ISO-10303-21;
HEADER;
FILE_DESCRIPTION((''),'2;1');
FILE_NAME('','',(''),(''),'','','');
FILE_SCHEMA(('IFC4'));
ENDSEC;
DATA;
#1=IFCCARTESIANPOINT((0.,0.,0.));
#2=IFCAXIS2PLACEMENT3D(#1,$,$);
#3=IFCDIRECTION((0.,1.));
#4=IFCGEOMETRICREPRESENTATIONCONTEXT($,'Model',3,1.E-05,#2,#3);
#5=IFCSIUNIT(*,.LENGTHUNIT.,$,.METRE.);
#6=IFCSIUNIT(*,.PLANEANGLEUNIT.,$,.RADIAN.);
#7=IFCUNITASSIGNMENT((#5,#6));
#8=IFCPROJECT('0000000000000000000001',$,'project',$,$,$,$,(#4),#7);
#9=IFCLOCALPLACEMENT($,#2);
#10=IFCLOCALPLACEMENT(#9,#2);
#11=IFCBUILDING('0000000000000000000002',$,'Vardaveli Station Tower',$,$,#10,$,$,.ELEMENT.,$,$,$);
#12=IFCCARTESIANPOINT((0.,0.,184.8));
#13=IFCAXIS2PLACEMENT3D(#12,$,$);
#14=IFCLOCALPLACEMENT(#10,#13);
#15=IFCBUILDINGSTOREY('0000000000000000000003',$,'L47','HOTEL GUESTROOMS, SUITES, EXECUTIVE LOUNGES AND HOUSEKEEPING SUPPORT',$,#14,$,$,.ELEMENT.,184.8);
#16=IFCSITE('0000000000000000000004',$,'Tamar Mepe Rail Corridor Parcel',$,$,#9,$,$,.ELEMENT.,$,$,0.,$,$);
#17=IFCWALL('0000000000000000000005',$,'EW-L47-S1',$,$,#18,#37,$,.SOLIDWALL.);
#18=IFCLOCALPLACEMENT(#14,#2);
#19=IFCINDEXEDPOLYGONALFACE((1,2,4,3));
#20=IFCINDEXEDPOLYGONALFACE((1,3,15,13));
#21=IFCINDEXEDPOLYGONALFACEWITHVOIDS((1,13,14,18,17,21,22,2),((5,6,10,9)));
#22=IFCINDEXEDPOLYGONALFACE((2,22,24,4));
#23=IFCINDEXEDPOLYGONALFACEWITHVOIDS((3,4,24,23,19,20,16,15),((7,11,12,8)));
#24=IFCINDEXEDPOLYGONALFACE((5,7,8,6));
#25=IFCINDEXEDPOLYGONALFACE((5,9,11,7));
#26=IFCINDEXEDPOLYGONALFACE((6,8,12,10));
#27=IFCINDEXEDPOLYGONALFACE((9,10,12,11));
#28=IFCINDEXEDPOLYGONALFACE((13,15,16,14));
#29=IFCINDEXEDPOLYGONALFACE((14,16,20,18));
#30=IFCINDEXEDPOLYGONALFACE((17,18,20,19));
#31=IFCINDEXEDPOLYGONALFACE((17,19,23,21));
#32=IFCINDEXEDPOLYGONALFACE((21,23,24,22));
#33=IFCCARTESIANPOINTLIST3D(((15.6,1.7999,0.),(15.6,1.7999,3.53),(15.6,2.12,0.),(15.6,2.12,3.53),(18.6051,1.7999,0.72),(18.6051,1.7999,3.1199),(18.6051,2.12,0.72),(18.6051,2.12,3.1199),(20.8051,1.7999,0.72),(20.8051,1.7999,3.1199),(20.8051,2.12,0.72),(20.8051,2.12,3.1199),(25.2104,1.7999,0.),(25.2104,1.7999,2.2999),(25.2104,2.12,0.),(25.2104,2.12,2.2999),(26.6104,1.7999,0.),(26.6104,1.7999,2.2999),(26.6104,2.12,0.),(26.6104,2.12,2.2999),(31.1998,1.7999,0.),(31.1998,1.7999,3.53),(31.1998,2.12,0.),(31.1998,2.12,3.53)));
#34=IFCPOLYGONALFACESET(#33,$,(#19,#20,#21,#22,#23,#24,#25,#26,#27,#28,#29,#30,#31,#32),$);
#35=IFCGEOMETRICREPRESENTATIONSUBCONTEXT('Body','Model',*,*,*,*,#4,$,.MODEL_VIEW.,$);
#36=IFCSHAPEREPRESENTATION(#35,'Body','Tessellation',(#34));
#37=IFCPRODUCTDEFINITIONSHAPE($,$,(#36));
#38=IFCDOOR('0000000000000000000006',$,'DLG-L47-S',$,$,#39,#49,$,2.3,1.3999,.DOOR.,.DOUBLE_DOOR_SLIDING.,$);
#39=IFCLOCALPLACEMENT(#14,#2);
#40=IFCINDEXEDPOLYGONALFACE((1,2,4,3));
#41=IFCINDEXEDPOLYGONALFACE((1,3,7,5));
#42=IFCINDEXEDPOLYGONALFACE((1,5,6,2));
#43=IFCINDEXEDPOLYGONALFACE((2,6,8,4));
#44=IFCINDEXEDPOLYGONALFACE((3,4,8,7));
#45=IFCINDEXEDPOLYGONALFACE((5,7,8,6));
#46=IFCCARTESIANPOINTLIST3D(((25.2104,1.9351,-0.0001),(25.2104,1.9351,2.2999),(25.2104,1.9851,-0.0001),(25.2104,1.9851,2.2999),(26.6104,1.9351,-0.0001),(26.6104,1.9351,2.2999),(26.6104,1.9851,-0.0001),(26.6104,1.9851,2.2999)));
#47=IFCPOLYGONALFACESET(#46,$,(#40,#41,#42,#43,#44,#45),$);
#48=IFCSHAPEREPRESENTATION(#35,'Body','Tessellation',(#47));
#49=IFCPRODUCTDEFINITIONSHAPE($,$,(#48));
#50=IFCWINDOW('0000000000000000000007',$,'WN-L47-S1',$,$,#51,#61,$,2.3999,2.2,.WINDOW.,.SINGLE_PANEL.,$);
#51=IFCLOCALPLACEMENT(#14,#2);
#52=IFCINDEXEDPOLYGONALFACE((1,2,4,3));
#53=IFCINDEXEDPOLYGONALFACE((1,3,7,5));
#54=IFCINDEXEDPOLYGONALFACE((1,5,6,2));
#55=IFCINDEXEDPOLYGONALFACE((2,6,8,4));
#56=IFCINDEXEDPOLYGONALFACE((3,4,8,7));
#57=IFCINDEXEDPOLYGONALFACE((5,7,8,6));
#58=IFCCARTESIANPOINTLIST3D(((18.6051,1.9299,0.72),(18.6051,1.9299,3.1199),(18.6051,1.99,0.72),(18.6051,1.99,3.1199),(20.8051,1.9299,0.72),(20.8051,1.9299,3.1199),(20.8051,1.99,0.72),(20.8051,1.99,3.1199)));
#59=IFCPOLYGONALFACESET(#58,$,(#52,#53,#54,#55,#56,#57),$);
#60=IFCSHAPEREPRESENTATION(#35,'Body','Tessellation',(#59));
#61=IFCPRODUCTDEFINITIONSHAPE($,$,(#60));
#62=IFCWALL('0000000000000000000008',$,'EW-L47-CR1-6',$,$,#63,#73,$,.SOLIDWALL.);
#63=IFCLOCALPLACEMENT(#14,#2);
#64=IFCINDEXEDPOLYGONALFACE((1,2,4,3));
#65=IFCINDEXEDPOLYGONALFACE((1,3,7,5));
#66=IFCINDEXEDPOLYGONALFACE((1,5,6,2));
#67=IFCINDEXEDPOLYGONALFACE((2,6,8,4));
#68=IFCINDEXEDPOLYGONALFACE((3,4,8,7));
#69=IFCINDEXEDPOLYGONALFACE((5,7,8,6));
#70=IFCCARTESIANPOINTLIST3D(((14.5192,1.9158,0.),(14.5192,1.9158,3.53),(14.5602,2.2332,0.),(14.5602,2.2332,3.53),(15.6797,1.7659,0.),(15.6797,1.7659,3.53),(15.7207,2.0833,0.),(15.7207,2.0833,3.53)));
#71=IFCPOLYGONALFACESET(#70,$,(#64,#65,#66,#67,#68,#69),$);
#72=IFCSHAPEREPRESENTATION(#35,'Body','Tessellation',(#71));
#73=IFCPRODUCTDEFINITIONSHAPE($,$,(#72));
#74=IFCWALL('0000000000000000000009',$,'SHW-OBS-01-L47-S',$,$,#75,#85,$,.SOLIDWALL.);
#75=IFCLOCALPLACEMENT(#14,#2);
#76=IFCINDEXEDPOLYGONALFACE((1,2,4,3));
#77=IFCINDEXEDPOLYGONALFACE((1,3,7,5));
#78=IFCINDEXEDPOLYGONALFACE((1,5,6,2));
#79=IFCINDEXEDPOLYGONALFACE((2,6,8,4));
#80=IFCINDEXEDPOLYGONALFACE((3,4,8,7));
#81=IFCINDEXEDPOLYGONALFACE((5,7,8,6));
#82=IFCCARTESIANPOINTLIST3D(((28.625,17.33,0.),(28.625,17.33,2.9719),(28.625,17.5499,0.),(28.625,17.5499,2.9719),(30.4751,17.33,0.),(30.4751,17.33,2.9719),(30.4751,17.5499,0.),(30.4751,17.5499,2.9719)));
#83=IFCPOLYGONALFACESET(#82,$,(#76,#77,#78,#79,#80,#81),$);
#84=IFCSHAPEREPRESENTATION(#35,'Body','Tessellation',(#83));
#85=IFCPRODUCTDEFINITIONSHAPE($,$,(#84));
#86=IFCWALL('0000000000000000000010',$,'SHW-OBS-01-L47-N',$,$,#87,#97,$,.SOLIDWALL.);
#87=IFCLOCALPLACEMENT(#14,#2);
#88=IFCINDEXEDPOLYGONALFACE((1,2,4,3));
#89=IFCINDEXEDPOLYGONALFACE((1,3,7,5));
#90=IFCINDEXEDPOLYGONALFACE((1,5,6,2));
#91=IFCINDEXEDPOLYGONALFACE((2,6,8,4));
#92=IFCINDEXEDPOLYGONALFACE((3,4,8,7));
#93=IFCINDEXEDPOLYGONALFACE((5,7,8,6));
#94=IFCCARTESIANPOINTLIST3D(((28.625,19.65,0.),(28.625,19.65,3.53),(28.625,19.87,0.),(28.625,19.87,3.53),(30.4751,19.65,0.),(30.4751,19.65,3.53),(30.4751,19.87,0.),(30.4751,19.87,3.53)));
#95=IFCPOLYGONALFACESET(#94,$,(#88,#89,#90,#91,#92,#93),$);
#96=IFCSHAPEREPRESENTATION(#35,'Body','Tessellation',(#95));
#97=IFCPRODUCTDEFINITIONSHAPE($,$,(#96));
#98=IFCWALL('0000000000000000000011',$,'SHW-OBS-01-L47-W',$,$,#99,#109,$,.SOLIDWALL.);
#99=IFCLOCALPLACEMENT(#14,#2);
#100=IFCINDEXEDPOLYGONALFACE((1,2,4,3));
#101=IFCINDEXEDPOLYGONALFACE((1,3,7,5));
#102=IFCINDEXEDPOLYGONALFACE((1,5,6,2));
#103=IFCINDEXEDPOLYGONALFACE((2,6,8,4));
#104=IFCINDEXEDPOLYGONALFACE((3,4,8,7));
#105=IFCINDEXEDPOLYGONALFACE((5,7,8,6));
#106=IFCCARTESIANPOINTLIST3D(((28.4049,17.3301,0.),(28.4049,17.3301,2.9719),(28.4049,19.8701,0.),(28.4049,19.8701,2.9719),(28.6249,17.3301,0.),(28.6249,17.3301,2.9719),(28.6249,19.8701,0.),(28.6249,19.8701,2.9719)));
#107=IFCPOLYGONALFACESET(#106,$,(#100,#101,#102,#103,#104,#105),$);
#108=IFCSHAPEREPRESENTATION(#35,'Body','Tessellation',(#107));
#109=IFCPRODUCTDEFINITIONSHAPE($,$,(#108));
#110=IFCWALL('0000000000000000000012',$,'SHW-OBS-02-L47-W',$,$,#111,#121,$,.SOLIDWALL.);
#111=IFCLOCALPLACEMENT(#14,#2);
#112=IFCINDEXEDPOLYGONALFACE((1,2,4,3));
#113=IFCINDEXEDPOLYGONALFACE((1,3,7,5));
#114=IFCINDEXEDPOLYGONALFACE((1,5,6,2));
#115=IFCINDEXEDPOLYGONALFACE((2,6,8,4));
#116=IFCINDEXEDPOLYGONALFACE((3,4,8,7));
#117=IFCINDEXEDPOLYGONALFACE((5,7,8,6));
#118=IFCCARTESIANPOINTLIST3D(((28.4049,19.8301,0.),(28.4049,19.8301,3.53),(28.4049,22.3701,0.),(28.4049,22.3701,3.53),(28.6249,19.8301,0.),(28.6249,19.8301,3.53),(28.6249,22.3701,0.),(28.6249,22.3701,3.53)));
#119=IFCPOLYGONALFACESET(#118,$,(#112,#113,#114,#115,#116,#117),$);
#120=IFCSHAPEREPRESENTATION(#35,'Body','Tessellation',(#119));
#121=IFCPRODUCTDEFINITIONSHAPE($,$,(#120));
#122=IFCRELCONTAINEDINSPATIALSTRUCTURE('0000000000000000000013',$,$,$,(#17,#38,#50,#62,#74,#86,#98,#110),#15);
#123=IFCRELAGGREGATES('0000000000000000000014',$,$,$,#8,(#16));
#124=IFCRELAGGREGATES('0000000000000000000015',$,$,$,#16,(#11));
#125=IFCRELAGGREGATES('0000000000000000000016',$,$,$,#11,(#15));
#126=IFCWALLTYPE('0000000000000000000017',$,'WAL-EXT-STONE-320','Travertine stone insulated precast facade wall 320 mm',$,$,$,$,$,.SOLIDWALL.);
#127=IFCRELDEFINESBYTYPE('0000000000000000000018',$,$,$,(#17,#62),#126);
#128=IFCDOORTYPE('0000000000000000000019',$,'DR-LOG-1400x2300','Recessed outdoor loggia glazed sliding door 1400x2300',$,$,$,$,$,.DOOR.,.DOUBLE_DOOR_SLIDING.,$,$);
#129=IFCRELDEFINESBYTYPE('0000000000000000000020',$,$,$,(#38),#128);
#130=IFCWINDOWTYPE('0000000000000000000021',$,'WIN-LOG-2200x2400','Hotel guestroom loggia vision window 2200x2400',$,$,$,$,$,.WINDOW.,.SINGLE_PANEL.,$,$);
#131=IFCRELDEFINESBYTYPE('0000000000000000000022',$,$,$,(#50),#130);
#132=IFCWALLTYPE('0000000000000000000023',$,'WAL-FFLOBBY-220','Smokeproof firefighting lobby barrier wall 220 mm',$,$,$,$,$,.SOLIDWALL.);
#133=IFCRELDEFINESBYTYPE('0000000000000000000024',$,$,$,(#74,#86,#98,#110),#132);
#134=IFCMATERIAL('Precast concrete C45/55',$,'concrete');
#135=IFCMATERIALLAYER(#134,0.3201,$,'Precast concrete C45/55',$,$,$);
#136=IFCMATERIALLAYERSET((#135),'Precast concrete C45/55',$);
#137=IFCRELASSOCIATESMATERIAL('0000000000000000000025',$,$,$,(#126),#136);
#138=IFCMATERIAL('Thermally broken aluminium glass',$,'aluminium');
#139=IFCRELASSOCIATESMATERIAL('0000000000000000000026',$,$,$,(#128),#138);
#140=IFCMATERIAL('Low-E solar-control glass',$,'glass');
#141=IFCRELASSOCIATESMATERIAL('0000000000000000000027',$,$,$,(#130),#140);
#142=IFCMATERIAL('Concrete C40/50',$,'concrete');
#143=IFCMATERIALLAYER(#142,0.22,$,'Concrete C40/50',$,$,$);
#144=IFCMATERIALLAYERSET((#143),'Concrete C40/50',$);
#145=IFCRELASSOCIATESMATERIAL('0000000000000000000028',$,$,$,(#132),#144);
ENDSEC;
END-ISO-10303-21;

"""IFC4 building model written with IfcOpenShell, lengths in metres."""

from ifc_helpers import new_model, si_unit, direction, frame, frame_2d, origin, place, context, subcontext, project, spatial, rectangle, extrude, source, transform, mapped, material, layer, layer_set, type_object, element, fill, save


model = new_model("IFC4")

# Units and contexts
model_context = context("Model", 3, precision=1e-05, world=origin(), true_north=direction((0.0, 1.0)))
body_context = subcontext(model_context, "Body", "Model", "MODEL_VIEW")
ifc_project = project(units=[si_unit("LENGTHUNIT", "METRE"), si_unit("PLANEANGLEUNIT", "RADIAN")], contexts=[model_context])

# Site, building, storey
site_placement = place(None, origin())
site = spatial("IfcSite", under=ifc_project, at=site_placement, Name="Tamar Mepe Rail Corridor Parcel", CompositionType="ELEMENT", RefElevation=0.0)
building_placement = place(site_placement, origin())
building = spatial("IfcBuilding", under=site, at=building_placement, Name="Vardaveli Station Tower", CompositionType="ELEMENT")
storey_placement = place(building_placement, frame((0.0, 0.0, 184.8)))
storey = spatial("IfcBuildingStorey", under=building, at=storey_placement, Name="L47", Description="HOTEL GUESTROOMS, SUITES, EXECUTIVE LOUNGES AND HOUSEKEEPING SUPPORT", CompositionType="ELEMENT", Elevation=184.8)

# Shared definitions
ifc_material_1 = material(Name="Precast concrete C45/55", Category="concrete")

# Wall, openings, door, window
ifc_layer_1 = layer(ifc_material_1, 0.3201, Name="Precast concrete C45/55")
ifc_layer_set_1 = layer_set([ifc_layer_1], Name="Precast concrete C45/55")
wall_type_1 = type_object("IfcWallType", Name="WAL-EXT-STONE-320", Description="Travertine stone insulated precast facade wall 320 mm", PredefinedType="SOLIDWALL", material=ifc_layer_set_1)
shared_shape_1 = source(origin(), body_context, "Body", "SweptSolid", [
    extrude(rectangle(XDim=15.5999, YDim=0.3201, at=frame_2d((7.7998, 0.0))), origin(), (0.0, 0.0, 1.0), 3.53),
])
wall_1_placement = place(storey_placement, frame((15.6001, 1.96, 0.0), z_axis=(0.0, 0.0, 1.0), x_axis=(1.0, 0.0, 0.0)))
wall_1 = element("IfcWall", 1, at=wall_1_placement, inside=storey, type_object=wall_type_1, Name="EW-L47-S1", PredefinedType="SOLIDWALL", context=body_context, shape_type="MappedRepresentation", body=[
    mapped(shared_shape_1, transform((0.0, 0.0, 0.0), scale=1.0)),
])
shared_shape_2 = source(origin(), body_context, "Body", "SweptSolid", [
    extrude(rectangle(XDim=1.3999, YDim=2.3, at=frame_2d((0.7, 1.1499))), frame((0.0, 0.1699, 0.0), z_axis=(0.0, -1.0, 0.0), x_axis=(1.0, 0.0, 0.0)), (0.0, 0.0, 1.0), 0.3401),
])
opening_1_placement = place(wall_1_placement, frame((9.6104, 0.0, 0.0)))
opening_1 = element("IfcOpeningElement", 2, at=opening_1_placement, cuts=wall_1, PredefinedType="OPENING", context=body_context, shape_type="MappedRepresentation", body=[
    mapped(shared_shape_2, transform((0.0, 0.0, 0.0), scale=1.0)),
])
shared_shape_3 = source(origin(), body_context, "Body", "SweptSolid", [
    extrude(rectangle(XDim=2.2, YDim=2.3999, at=frame_2d((1.1001, 1.2))), frame((0.0, 0.1699, 0.0), z_axis=(0.0, -1.0, 0.0), x_axis=(1.0, 0.0, 0.0)), (0.0, 0.0, 1.0), 0.3401),
])
opening_2_placement = place(wall_1_placement, frame((3.0049, 0.0, 0.72)))
opening_2 = element("IfcOpeningElement", 3, at=opening_2_placement, cuts=wall_1, PredefinedType="OPENING", context=body_context, shape_type="MappedRepresentation", body=[
    mapped(shared_shape_3, transform((0.0, 0.0, 0.0), scale=1.0)),
])
ifc_material_2 = material(Name="Thermally broken aluminium glass", Category="aluminium")
door_type_1 = type_object("IfcDoorType", Name="DR-LOG-1400x2300", Description="Recessed outdoor loggia glazed sliding door 1400x2300", OperationType="DOUBLE_DOOR_SLIDING", PredefinedType="DOOR", material=ifc_material_2)
shared_shape_4 = source(origin(), body_context, "Body", "SweptSolid", [
    extrude(rectangle(XDim=1.3999, YDim=2.3, at=frame_2d((0.7, 1.1499))), frame((0.0, 0.0249, 0.0), z_axis=(0.0, -1.0, 0.0), x_axis=(1.0, 0.0, 0.0)), (0.0, 0.0, 1.0), 0.05),
])
door_1_placement = place(opening_1_placement, frame((1.3999, 0.0, 0.0), z_axis=(0.0, 0.0, 1.0), x_axis=(-1.0, 0.0, 0.0)))
door_1 = element("IfcDoor", 4, at=door_1_placement, inside=storey, type_object=door_type_1, Name="DLG-L47-S", OperationType="DOUBLE_DOOR_SLIDING", OverallHeight=2.3, OverallWidth=1.3999, PredefinedType="DOOR", context=body_context, shape_type="MappedRepresentation", body=[
    mapped(shared_shape_4, transform((0.0, 0.0, 0.0), scale=1.0)),
])
fill(opening_1, door_1)
ifc_material_3 = material(Name="Low-E solar-control glass", Category="glass")
window_type = type_object("IfcWindowType", Name="WIN-LOG-2200x2400", Description="Hotel guestroom loggia vision window 2200x2400", PartitioningType="SINGLE_PANEL", PredefinedType="WINDOW", material=ifc_material_3)
shared_shape_5 = source(origin(), body_context, "Body", "SweptSolid", [
    extrude(rectangle(XDim=2.2, YDim=2.3999, at=frame_2d((1.1001, 1.2))), frame((0.0, 0.03, 0.0), z_axis=(0.0, -1.0, 0.0), x_axis=(1.0, 0.0, 0.0)), (0.0, 0.0, 1.0), 0.0601),
])
window_placement = place(opening_2_placement, origin())
window = element("IfcWindow", 5, at=window_placement, inside=storey, type_object=window_type, Name="WN-L47-S1", OverallHeight=2.3999, OverallWidth=2.2, PartitioningType="SINGLE_PANEL", PredefinedType="WINDOW", context=body_context, shape_type="MappedRepresentation", body=[
    mapped(shared_shape_5, transform((0.0, 0.0, 0.0), scale=1.0)),
])
fill(opening_2, window)

# Walls
shared_shape_6 = source(origin(), body_context, "Body", "SweptSolid", [
    extrude(rectangle(XDim=1.1702, YDim=0.3201, at=frame_2d((0.585, 0.0))), origin(), (0.0, 0.0, 1.0), 3.53),
])
wall_2_placement = place(storey_placement, frame((14.5398, 2.0745, 0.0), z_axis=(0.0, 0.0, 1.0), x_axis=(0.991762, -0.12809, 0.0)))
element("IfcWall", 6, at=wall_2_placement, inside=storey, type_object=wall_type_1, Name="EW-L47-CR1-6", PredefinedType="SOLIDWALL", context=body_context, shape_type="MappedRepresentation", body=[
    mapped(shared_shape_6, transform((0.0, 0.0, 0.0), scale=1.0)),
])
ifc_material_4 = material(Name="Concrete C40/50", Category="concrete")
ifc_layer_2 = layer(ifc_material_4, 0.22, Name="Concrete C40/50")
ifc_layer_set_2 = layer_set([ifc_layer_2], Name="Concrete C40/50")
wall_type_2 = type_object("IfcWallType", Name="WAL-FFLOBBY-220", Description="Smokeproof firefighting lobby barrier wall 220 mm", PredefinedType="SOLIDWALL", material=ifc_layer_set_2)
shared_shape_7 = source(origin(), body_context, "Body", "SweptSolid", [
    extrude(rectangle(XDim=1.8501, YDim=0.22, at=frame_2d((0.925, 0.0))), origin(), (0.0, 0.0, 1.0), 2.9719),
])
wall_3_placement = place(storey_placement, frame((28.625, 17.4399, 0.0), z_axis=(0.0, 0.0, 1.0), x_axis=(1.0, 0.0, 0.0)))
element("IfcWall", 7, at=wall_3_placement, inside=storey, type_object=wall_type_2, Name="SHW-OBS-01-L47-S", PredefinedType="SOLIDWALL", context=body_context, shape_type="MappedRepresentation", body=[
    mapped(shared_shape_7, transform((0.0, 0.0, 0.0), scale=1.0)),
])
shared_shape_8 = source(origin(), body_context, "Body", "SweptSolid", [
    extrude(rectangle(XDim=1.8501, YDim=0.22, at=frame_2d((0.925, 0.0))), origin(), (0.0, 0.0, 1.0), 3.53),
])
wall_4_placement = place(storey_placement, frame((28.625, 19.76, 0.0), z_axis=(0.0, 0.0, 1.0), x_axis=(1.0, 0.0, 0.0)))
element("IfcWall", 8, at=wall_4_placement, inside=storey, type_object=wall_type_2, Name="SHW-OBS-01-L47-N", PredefinedType="SOLIDWALL", context=body_context, shape_type="MappedRepresentation", body=[
    mapped(shared_shape_8, transform((0.0, 0.0, 0.0), scale=1.0)),
])
shared_shape_9 = source(origin(), body_context, "Body", "SweptSolid", [
    extrude(rectangle(XDim=2.54, YDim=0.22, at=frame_2d((1.27, 0.0))), origin(), (0.0, 0.0, 1.0), 2.9719),
])
wall_5_placement = place(storey_placement, frame((28.5149, 17.3301, 0.0), z_axis=(0.0, 0.0, 1.0), x_axis=(0.0, 1.0, 0.0)))
element("IfcWall", 9, at=wall_5_placement, inside=storey, type_object=wall_type_2, Name="SHW-OBS-01-L47-W", PredefinedType="SOLIDWALL", context=body_context, shape_type="MappedRepresentation", body=[
    mapped(shared_shape_9, transform((0.0, 0.0, 0.0), scale=1.0)),
])
shared_shape_10 = source(origin(), body_context, "Body", "SweptSolid", [
    extrude(rectangle(XDim=2.54, YDim=0.22, at=frame_2d((1.27, 0.0))), origin(), (0.0, 0.0, 1.0), 3.53),
])
wall_6_placement = place(storey_placement, frame((28.5149, 19.8301, 0.0), z_axis=(0.0, 0.0, 1.0), x_axis=(0.0, 1.0, 0.0)))
element("IfcWall", 10, at=wall_6_placement, inside=storey, type_object=wall_type_2, Name="SHW-OBS-02-L47-W", PredefinedType="SOLIDWALL", context=body_context, shape_type="MappedRepresentation", body=[
    mapped(shared_shape_10, transform((0.0, 0.0, 0.0), scale=1.0)),
])

save(model, "model.ifc")
